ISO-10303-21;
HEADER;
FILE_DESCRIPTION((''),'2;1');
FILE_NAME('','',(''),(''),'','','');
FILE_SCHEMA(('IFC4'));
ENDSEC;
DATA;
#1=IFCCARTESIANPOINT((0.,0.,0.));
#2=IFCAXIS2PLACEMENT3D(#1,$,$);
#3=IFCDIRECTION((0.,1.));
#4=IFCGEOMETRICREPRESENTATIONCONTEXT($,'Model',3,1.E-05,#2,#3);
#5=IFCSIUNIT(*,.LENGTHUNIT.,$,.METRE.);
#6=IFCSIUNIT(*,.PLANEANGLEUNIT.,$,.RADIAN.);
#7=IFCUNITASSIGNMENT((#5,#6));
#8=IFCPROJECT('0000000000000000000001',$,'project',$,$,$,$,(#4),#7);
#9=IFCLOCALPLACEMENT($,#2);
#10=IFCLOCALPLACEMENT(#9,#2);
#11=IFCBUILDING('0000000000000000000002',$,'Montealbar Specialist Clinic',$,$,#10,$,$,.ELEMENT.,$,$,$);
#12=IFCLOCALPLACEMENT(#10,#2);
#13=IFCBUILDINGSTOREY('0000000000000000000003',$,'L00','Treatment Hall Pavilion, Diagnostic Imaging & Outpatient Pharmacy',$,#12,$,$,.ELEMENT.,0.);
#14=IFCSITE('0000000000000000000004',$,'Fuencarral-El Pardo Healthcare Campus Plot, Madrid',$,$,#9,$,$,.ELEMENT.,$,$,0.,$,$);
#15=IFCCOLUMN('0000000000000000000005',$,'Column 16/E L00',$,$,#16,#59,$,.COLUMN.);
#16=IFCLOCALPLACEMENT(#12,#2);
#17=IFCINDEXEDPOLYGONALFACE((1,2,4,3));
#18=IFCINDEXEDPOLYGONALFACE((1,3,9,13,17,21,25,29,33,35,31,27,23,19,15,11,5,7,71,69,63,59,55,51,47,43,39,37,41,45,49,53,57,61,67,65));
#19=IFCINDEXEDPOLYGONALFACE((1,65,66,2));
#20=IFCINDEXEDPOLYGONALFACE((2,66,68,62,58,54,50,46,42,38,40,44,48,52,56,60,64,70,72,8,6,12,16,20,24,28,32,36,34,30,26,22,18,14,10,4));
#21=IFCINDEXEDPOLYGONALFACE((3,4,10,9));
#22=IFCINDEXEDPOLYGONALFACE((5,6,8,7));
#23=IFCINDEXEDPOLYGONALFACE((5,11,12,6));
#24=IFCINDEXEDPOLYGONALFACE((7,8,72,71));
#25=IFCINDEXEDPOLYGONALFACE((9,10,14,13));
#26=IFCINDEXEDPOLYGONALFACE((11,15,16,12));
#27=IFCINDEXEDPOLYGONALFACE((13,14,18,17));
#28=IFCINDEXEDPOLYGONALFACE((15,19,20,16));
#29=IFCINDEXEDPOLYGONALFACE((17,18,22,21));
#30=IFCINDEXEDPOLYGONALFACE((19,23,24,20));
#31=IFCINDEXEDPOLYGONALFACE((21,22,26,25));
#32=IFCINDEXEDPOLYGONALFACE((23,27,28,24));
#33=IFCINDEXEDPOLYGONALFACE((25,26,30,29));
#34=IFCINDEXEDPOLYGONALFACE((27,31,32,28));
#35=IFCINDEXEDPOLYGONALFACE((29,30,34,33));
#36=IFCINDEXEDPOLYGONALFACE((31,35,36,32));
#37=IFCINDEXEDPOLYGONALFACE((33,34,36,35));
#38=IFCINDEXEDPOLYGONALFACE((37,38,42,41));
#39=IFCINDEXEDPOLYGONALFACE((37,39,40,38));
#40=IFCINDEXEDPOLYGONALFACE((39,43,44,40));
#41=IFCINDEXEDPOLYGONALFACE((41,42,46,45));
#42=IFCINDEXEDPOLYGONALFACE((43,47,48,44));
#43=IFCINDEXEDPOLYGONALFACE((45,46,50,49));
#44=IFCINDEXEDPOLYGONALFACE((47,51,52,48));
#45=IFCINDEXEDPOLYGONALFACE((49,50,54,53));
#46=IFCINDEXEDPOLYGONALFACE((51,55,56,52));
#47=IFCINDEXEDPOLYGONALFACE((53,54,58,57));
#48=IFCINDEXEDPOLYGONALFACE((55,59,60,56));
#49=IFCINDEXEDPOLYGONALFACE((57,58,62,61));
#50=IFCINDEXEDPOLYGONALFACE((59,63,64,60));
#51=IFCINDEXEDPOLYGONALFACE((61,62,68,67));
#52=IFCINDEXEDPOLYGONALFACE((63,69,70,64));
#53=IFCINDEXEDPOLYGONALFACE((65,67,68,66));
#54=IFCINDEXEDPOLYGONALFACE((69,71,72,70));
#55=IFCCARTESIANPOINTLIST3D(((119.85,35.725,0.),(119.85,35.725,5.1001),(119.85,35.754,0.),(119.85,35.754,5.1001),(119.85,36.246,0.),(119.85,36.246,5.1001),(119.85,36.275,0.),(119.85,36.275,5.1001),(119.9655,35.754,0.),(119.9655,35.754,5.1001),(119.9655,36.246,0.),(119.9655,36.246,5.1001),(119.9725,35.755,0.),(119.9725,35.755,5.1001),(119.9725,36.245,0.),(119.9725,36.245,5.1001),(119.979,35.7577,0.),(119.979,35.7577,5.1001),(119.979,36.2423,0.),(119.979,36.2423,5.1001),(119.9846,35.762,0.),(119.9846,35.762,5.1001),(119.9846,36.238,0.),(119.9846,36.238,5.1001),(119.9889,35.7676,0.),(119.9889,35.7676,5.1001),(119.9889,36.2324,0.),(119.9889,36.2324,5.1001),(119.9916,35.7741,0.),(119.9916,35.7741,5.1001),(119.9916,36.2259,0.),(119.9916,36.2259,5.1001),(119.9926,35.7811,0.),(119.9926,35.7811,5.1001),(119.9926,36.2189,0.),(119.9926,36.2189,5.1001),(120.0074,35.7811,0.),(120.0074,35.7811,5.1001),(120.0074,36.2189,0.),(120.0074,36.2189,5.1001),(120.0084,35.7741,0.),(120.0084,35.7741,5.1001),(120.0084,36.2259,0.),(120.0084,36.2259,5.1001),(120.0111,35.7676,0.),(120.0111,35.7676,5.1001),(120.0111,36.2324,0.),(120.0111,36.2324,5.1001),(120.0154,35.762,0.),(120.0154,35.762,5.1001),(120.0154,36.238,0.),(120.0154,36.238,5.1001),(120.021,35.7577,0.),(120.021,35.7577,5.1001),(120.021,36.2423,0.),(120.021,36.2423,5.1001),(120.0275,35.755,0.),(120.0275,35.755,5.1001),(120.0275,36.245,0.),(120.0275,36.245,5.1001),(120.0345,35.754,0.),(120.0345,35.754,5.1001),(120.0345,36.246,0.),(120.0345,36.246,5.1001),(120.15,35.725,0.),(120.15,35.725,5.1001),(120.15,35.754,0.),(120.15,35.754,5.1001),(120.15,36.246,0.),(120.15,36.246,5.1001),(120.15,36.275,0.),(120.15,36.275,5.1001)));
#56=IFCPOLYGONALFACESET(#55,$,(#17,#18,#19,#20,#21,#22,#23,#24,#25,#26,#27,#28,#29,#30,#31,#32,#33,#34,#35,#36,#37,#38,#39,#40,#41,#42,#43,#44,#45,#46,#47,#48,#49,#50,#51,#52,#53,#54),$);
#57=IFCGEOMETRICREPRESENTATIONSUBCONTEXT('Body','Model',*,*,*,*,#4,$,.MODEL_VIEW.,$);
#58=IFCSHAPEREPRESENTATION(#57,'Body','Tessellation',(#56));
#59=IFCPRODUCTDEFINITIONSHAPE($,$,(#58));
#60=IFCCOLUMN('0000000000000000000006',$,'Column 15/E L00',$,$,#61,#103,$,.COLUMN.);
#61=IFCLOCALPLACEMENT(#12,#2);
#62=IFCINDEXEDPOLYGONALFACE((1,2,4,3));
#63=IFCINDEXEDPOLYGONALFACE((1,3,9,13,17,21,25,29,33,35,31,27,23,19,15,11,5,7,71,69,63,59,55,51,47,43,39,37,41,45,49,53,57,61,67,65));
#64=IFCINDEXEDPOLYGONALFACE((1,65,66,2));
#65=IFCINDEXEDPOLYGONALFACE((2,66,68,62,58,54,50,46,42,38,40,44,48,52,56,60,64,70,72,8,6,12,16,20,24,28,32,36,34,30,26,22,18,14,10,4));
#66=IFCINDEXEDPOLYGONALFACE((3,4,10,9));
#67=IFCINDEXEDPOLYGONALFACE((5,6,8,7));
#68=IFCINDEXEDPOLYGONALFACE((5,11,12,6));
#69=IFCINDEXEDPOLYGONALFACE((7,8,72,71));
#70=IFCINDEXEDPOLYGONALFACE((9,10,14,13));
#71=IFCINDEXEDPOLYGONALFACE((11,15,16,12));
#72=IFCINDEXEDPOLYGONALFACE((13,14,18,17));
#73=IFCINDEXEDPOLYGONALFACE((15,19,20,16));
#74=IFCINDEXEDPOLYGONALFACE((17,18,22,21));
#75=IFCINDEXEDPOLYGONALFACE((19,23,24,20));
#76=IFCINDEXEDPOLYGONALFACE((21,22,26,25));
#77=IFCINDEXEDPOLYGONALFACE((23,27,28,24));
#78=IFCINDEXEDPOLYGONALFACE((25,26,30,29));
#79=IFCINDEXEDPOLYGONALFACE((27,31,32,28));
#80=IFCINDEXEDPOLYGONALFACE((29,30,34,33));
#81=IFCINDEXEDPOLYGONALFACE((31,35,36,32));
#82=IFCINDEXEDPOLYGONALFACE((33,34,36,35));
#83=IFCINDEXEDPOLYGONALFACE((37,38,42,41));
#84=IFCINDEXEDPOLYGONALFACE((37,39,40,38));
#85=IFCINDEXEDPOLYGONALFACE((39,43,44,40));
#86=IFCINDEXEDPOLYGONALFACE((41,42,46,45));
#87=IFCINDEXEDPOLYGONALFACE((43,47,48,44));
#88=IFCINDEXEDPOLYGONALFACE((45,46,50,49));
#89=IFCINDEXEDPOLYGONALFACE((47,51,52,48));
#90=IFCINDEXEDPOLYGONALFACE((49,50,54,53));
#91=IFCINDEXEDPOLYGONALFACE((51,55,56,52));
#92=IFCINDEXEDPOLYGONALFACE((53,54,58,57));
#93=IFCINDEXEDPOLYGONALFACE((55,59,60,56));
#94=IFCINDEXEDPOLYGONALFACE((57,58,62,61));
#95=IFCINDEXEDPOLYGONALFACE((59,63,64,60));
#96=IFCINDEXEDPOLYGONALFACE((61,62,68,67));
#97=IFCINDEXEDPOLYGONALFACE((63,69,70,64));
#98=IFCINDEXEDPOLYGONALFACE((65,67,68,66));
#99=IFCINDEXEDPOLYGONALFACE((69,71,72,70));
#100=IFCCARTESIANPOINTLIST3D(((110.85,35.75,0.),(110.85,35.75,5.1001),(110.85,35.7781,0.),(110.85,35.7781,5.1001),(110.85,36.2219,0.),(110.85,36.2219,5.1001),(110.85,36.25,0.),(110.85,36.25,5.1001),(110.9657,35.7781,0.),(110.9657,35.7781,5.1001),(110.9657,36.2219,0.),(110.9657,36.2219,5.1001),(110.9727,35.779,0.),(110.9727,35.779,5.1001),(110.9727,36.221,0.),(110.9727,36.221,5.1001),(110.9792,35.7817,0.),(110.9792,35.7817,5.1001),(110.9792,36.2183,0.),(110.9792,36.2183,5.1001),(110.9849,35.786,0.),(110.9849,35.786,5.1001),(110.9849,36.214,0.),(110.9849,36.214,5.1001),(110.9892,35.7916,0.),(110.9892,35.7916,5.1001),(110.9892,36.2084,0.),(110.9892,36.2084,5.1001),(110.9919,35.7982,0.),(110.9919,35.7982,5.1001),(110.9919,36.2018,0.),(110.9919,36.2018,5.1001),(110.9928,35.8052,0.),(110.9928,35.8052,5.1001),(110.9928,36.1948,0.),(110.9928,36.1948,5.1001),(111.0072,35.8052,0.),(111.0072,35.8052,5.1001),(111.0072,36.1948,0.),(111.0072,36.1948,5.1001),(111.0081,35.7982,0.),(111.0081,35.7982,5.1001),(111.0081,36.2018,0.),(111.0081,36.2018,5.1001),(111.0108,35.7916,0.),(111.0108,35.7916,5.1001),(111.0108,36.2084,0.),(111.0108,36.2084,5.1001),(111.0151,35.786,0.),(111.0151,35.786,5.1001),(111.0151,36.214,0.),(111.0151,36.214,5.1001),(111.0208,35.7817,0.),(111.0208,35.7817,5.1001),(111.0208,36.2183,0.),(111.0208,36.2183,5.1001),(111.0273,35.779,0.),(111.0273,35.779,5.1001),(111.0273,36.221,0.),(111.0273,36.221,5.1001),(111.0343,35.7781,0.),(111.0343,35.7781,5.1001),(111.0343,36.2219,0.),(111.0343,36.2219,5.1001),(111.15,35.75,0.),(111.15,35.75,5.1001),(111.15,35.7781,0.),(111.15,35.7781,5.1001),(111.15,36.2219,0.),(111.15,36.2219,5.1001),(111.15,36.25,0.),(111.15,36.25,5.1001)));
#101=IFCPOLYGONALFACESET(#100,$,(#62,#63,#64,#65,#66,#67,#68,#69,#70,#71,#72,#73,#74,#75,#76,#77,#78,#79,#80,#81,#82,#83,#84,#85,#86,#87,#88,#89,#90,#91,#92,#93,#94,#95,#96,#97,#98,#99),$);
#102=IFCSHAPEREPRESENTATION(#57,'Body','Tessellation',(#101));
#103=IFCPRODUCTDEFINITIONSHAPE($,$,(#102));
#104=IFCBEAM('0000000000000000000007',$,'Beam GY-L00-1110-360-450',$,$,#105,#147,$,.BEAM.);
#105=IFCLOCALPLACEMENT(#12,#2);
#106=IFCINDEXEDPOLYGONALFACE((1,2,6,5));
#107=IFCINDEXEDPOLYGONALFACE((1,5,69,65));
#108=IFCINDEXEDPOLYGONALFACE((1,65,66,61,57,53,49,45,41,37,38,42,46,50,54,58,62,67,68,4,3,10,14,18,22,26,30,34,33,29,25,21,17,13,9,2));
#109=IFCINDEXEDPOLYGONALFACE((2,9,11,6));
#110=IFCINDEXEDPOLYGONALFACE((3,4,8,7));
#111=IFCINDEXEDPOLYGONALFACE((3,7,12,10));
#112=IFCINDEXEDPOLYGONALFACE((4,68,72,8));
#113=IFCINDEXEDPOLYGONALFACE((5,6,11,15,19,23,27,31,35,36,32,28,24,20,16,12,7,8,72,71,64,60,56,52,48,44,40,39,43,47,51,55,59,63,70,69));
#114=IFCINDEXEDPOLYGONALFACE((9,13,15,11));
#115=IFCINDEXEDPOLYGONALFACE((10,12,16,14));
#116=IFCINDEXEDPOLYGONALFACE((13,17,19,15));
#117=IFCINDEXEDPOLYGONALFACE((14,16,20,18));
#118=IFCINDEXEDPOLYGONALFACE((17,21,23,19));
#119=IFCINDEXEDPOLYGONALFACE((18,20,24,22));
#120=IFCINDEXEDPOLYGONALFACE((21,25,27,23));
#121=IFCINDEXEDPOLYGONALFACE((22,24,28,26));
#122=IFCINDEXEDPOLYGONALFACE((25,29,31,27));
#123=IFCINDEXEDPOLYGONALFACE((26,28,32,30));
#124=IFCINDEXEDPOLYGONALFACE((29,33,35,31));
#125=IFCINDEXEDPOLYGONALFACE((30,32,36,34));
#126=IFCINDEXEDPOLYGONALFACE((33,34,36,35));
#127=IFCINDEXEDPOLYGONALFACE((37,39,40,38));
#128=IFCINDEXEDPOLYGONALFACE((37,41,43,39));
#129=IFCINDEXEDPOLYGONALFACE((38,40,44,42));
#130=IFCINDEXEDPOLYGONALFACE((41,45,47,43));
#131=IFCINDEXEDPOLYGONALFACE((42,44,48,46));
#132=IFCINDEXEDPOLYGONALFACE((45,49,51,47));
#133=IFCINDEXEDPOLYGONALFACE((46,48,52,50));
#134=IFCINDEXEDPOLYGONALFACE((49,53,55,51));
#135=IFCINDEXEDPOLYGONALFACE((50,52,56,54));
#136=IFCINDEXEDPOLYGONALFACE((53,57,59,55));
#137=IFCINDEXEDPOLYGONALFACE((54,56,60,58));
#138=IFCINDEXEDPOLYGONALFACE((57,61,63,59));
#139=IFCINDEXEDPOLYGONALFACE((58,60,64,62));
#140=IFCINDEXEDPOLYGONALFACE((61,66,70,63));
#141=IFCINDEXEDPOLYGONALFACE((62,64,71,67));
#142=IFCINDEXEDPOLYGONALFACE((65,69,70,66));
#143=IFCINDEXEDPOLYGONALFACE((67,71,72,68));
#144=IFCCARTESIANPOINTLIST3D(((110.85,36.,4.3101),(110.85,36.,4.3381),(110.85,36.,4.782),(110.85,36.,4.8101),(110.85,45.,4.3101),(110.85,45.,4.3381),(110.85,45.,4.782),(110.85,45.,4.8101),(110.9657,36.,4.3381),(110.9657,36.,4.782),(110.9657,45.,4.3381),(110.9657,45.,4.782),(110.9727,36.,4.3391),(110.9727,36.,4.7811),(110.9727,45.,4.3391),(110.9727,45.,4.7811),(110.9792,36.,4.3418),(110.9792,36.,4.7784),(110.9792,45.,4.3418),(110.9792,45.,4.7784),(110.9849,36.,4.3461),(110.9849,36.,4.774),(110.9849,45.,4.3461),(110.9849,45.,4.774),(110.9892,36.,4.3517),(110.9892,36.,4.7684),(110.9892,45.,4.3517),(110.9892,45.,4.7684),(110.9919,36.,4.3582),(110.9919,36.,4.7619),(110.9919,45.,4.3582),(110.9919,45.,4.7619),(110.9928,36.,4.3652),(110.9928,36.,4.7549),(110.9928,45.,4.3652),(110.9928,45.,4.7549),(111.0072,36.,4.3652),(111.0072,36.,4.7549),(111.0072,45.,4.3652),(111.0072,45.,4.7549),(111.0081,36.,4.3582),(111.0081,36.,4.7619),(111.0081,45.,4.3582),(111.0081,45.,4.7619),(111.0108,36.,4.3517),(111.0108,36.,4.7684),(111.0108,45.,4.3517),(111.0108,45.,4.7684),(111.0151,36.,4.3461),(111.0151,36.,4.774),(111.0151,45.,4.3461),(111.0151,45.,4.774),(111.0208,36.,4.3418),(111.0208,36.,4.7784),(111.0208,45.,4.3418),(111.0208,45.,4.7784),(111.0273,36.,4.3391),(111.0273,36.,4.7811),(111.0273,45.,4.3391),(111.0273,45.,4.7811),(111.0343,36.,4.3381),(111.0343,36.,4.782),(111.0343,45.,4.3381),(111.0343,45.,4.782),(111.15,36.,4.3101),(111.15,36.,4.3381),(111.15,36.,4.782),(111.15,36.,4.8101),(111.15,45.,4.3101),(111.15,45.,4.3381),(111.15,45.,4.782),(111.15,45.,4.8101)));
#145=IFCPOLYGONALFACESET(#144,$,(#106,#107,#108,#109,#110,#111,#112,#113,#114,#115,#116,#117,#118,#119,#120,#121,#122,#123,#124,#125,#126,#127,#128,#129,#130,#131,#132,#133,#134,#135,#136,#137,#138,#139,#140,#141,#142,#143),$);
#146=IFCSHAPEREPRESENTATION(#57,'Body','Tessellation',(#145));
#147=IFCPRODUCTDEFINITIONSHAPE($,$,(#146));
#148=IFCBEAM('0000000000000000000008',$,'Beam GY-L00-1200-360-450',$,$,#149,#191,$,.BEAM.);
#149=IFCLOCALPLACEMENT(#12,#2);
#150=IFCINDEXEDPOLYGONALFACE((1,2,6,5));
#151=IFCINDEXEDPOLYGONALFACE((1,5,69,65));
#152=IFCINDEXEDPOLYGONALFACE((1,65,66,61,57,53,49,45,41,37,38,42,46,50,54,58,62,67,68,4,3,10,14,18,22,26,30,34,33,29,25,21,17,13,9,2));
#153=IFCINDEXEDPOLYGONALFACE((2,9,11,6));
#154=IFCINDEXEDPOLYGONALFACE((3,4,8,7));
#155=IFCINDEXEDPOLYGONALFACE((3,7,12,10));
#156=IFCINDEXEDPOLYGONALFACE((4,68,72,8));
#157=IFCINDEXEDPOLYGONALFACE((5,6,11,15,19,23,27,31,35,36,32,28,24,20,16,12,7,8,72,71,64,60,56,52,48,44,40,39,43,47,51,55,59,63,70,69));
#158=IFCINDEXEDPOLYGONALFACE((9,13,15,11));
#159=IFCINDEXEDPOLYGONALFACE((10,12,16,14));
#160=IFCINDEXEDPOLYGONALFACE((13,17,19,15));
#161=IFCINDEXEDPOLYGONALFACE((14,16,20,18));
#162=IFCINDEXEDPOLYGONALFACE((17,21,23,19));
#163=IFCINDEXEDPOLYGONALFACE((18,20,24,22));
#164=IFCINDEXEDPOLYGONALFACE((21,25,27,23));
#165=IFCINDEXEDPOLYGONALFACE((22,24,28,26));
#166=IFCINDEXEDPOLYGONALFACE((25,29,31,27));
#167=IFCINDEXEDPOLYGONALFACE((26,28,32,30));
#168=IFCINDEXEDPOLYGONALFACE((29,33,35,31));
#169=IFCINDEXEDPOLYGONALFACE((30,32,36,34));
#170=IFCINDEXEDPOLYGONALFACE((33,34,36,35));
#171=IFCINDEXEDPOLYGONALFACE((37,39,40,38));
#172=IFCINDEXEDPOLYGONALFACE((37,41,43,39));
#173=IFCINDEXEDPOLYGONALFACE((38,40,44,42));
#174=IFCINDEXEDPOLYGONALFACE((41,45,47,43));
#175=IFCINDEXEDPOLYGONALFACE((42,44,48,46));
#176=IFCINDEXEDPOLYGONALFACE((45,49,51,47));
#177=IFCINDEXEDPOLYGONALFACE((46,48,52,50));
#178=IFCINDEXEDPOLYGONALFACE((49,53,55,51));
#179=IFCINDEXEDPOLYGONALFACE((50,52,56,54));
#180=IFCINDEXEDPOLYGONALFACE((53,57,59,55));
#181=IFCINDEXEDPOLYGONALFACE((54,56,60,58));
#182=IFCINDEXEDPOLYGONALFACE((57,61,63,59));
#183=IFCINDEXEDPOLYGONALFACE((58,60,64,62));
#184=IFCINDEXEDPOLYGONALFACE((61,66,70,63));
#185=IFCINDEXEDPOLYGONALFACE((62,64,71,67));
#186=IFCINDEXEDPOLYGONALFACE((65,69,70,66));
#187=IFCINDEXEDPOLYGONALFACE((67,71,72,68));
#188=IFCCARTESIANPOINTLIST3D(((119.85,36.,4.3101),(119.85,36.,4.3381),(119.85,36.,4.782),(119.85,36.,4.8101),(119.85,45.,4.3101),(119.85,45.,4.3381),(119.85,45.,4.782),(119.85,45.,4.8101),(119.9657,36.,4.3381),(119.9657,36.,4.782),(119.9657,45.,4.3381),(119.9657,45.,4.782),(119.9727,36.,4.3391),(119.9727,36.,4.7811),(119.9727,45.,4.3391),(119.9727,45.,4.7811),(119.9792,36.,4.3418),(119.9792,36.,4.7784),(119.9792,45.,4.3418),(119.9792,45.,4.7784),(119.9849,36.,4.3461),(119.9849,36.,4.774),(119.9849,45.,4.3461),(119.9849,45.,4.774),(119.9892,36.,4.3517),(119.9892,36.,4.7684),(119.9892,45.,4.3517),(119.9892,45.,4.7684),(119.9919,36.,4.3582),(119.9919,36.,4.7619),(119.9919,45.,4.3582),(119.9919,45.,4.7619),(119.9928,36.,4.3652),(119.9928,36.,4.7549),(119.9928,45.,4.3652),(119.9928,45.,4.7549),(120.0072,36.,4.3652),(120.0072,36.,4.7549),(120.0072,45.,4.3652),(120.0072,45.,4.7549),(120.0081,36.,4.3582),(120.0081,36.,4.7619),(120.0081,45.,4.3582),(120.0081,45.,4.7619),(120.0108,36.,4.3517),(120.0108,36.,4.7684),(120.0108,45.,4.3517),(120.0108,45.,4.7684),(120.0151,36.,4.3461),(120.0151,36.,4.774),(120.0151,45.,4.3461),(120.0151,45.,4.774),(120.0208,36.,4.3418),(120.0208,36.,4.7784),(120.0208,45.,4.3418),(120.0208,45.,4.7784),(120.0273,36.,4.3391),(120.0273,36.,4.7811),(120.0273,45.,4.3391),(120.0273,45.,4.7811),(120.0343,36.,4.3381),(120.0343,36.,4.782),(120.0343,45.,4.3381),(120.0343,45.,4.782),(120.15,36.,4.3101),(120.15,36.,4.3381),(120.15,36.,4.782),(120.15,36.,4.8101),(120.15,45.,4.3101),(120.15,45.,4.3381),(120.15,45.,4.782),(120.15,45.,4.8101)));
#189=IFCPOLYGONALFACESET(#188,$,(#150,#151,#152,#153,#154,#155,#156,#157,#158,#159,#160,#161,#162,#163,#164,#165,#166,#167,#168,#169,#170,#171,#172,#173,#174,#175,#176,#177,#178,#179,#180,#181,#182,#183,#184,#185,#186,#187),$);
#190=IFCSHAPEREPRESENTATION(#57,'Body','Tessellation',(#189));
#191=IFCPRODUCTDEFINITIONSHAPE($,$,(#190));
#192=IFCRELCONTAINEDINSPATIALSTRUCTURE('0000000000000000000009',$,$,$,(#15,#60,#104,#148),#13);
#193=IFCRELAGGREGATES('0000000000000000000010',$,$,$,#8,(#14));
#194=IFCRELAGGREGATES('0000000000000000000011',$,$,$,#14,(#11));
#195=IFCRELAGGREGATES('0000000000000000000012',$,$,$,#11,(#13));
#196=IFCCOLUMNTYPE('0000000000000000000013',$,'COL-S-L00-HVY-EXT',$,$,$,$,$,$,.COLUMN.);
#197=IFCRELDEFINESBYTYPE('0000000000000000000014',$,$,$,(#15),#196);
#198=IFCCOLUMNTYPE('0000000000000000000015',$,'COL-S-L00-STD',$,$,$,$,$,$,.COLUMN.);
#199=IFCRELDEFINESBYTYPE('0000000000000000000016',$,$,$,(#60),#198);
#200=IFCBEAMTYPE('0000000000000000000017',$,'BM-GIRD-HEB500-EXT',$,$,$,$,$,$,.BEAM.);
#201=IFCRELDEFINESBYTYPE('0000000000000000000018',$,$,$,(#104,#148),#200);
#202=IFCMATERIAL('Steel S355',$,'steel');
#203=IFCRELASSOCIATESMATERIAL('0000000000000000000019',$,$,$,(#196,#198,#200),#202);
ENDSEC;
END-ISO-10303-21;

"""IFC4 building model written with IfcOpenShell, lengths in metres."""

from ifc_helpers import new_model, si_unit, direction, frame, origin, origin_2d, place, context, subcontext, project, spatial, i_section, extrude, material, material_profile, profile_set, type_object, element, save


model = new_model("IFC4")

# Units and contexts
model_context = context("Model", 3, precision=1e-05, world=origin(), true_north=direction((0.0, 1.0)))
body_context = subcontext(model_context, "Body", "Model", "MODEL_VIEW")
ifc_project = project(units=[si_unit("LENGTHUNIT", "METRE"), si_unit("PLANEANGLEUNIT", "RADIAN")], contexts=[model_context])

# Site, building, storey
site_placement = place(None, origin())
site = spatial("IfcSite", under=ifc_project, at=site_placement, Name="Fuencarral-El Pardo Healthcare Campus Plot, Madrid", CompositionType="ELEMENT", RefElevation=0.0)
building_placement = place(site_placement, origin())
building = spatial("IfcBuilding", under=site, at=building_placement, Name="Montealbar Specialist Clinic", CompositionType="ELEMENT")
storey_placement = place(building_placement, origin())
storey = spatial("IfcBuildingStorey", under=building, at=storey_placement, Name="L00", Description="Treatment Hall Pavilion, Diagnostic Imaging & Outpatient Pharmacy", CompositionType="ELEMENT", Elevation=0.0)

# Columns
ifc_material_1 = material(Name="Steel S355", Category="steel")
ifc_material_profile_1 = material_profile(ifc_material_1, i_section(OverallWidth=0.3, OverallDepth=0.55, WebThickness=0.0149, FlangeThickness=0.0291, FilletRadius=0.0271, at=origin_2d()), Name="HEB 550", Category="steel")
ifc_profile_set_1 = profile_set([ifc_material_profile_1], Name="Steel S355")
column_type_1 = type_object("IfcColumnType", Name="COL-S-L00-HVY-EXT", PredefinedType="COLUMN", material=ifc_profile_set_1)
column_1_placement = place(storey_placement, frame((120.0, 36.0, 0.0), z_axis=(0.0, 0.0, 1.0), x_axis=(1.0, 0.0, 0.0)))
element("IfcColumn", 1, at=column_1_placement, inside=storey, type_object=column_type_1, Name="Column 16/E L00", PredefinedType="COLUMN", context=body_context, shape_type="SweptSolid", body=[
    extrude(i_section(OverallWidth=0.3, OverallDepth=0.55, WebThickness=0.0149, FlangeThickness=0.0291, FilletRadius=0.0271, at=origin_2d()), origin(), (0.0, 0.0, 1.0), 5.1001),
])
ifc_material_profile_2 = material_profile(ifc_material_1, i_section(OverallWidth=0.3, OverallDepth=0.5, WebThickness=0.0144, FlangeThickness=0.0281, FilletRadius=0.0271, at=origin_2d()), Name="HEB 500", Category="steel")
ifc_profile_set_2 = profile_set([ifc_material_profile_2], Name="Steel S355")
column_type_2 = type_object("IfcColumnType", Name="COL-S-L00-STD", PredefinedType="COLUMN", material=ifc_profile_set_2)
column_2_placement = place(storey_placement, frame((111.0, 36.0, 0.0), z_axis=(0.0, 0.0, 1.0), x_axis=(1.0, 0.0, 0.0)))
element("IfcColumn", 2, at=column_2_placement, inside=storey, type_object=column_type_2, Name="Column 15/E L00", PredefinedType="COLUMN", context=body_context, shape_type="SweptSolid", body=[
    extrude(i_section(OverallWidth=0.3, OverallDepth=0.5, WebThickness=0.0144, FlangeThickness=0.0281, FilletRadius=0.0271, at=origin_2d()), origin(), (0.0, 0.0, 1.0), 5.1001),
])

# Beams
ifc_material_profile_3 = material_profile(ifc_material_1, i_section(OverallWidth=0.3, OverallDepth=0.5, WebThickness=0.0144, FlangeThickness=0.0281, FilletRadius=0.0271, at=origin_2d()), Name="HEB 500", Category="steel")
ifc_profile_set_3 = profile_set([ifc_material_profile_3], Name="Steel S355")
beam_type_1 = type_object("IfcBeamType", Name="BM-GIRD-HEB500-EXT", PredefinedType="BEAM", material=ifc_profile_set_3)
for number, where, z_axis, x_axis, name in (
    (3, (111.0, 36.0, 4.5601), (0.0, 1.0, 0.0), (-1.0, 0.0, 0.0), "Beam GY-L00-1110-360-450"),
    (4, (120.0, 36.0, 4.5601), (0.0, 1.0, 0.0), (-1.0, 0.0, 0.0), "Beam GY-L00-1200-360-450"),
):
    element("IfcBeam", number, at=place(storey_placement, frame(where, z_axis=z_axis, x_axis=x_axis)), inside=storey, type_object=beam_type_1, Name=name, PredefinedType="BEAM", context=body_context, shape_type="SweptSolid", body=[
        extrude(i_section(OverallWidth=0.3, OverallDepth=0.5, WebThickness=0.0144, FlangeThickness=0.0281, FilletRadius=0.0271, at=origin_2d()), origin(), (0.0, 0.0, 1.0), 9.0),
    ])

save(model, "model.ifc")
